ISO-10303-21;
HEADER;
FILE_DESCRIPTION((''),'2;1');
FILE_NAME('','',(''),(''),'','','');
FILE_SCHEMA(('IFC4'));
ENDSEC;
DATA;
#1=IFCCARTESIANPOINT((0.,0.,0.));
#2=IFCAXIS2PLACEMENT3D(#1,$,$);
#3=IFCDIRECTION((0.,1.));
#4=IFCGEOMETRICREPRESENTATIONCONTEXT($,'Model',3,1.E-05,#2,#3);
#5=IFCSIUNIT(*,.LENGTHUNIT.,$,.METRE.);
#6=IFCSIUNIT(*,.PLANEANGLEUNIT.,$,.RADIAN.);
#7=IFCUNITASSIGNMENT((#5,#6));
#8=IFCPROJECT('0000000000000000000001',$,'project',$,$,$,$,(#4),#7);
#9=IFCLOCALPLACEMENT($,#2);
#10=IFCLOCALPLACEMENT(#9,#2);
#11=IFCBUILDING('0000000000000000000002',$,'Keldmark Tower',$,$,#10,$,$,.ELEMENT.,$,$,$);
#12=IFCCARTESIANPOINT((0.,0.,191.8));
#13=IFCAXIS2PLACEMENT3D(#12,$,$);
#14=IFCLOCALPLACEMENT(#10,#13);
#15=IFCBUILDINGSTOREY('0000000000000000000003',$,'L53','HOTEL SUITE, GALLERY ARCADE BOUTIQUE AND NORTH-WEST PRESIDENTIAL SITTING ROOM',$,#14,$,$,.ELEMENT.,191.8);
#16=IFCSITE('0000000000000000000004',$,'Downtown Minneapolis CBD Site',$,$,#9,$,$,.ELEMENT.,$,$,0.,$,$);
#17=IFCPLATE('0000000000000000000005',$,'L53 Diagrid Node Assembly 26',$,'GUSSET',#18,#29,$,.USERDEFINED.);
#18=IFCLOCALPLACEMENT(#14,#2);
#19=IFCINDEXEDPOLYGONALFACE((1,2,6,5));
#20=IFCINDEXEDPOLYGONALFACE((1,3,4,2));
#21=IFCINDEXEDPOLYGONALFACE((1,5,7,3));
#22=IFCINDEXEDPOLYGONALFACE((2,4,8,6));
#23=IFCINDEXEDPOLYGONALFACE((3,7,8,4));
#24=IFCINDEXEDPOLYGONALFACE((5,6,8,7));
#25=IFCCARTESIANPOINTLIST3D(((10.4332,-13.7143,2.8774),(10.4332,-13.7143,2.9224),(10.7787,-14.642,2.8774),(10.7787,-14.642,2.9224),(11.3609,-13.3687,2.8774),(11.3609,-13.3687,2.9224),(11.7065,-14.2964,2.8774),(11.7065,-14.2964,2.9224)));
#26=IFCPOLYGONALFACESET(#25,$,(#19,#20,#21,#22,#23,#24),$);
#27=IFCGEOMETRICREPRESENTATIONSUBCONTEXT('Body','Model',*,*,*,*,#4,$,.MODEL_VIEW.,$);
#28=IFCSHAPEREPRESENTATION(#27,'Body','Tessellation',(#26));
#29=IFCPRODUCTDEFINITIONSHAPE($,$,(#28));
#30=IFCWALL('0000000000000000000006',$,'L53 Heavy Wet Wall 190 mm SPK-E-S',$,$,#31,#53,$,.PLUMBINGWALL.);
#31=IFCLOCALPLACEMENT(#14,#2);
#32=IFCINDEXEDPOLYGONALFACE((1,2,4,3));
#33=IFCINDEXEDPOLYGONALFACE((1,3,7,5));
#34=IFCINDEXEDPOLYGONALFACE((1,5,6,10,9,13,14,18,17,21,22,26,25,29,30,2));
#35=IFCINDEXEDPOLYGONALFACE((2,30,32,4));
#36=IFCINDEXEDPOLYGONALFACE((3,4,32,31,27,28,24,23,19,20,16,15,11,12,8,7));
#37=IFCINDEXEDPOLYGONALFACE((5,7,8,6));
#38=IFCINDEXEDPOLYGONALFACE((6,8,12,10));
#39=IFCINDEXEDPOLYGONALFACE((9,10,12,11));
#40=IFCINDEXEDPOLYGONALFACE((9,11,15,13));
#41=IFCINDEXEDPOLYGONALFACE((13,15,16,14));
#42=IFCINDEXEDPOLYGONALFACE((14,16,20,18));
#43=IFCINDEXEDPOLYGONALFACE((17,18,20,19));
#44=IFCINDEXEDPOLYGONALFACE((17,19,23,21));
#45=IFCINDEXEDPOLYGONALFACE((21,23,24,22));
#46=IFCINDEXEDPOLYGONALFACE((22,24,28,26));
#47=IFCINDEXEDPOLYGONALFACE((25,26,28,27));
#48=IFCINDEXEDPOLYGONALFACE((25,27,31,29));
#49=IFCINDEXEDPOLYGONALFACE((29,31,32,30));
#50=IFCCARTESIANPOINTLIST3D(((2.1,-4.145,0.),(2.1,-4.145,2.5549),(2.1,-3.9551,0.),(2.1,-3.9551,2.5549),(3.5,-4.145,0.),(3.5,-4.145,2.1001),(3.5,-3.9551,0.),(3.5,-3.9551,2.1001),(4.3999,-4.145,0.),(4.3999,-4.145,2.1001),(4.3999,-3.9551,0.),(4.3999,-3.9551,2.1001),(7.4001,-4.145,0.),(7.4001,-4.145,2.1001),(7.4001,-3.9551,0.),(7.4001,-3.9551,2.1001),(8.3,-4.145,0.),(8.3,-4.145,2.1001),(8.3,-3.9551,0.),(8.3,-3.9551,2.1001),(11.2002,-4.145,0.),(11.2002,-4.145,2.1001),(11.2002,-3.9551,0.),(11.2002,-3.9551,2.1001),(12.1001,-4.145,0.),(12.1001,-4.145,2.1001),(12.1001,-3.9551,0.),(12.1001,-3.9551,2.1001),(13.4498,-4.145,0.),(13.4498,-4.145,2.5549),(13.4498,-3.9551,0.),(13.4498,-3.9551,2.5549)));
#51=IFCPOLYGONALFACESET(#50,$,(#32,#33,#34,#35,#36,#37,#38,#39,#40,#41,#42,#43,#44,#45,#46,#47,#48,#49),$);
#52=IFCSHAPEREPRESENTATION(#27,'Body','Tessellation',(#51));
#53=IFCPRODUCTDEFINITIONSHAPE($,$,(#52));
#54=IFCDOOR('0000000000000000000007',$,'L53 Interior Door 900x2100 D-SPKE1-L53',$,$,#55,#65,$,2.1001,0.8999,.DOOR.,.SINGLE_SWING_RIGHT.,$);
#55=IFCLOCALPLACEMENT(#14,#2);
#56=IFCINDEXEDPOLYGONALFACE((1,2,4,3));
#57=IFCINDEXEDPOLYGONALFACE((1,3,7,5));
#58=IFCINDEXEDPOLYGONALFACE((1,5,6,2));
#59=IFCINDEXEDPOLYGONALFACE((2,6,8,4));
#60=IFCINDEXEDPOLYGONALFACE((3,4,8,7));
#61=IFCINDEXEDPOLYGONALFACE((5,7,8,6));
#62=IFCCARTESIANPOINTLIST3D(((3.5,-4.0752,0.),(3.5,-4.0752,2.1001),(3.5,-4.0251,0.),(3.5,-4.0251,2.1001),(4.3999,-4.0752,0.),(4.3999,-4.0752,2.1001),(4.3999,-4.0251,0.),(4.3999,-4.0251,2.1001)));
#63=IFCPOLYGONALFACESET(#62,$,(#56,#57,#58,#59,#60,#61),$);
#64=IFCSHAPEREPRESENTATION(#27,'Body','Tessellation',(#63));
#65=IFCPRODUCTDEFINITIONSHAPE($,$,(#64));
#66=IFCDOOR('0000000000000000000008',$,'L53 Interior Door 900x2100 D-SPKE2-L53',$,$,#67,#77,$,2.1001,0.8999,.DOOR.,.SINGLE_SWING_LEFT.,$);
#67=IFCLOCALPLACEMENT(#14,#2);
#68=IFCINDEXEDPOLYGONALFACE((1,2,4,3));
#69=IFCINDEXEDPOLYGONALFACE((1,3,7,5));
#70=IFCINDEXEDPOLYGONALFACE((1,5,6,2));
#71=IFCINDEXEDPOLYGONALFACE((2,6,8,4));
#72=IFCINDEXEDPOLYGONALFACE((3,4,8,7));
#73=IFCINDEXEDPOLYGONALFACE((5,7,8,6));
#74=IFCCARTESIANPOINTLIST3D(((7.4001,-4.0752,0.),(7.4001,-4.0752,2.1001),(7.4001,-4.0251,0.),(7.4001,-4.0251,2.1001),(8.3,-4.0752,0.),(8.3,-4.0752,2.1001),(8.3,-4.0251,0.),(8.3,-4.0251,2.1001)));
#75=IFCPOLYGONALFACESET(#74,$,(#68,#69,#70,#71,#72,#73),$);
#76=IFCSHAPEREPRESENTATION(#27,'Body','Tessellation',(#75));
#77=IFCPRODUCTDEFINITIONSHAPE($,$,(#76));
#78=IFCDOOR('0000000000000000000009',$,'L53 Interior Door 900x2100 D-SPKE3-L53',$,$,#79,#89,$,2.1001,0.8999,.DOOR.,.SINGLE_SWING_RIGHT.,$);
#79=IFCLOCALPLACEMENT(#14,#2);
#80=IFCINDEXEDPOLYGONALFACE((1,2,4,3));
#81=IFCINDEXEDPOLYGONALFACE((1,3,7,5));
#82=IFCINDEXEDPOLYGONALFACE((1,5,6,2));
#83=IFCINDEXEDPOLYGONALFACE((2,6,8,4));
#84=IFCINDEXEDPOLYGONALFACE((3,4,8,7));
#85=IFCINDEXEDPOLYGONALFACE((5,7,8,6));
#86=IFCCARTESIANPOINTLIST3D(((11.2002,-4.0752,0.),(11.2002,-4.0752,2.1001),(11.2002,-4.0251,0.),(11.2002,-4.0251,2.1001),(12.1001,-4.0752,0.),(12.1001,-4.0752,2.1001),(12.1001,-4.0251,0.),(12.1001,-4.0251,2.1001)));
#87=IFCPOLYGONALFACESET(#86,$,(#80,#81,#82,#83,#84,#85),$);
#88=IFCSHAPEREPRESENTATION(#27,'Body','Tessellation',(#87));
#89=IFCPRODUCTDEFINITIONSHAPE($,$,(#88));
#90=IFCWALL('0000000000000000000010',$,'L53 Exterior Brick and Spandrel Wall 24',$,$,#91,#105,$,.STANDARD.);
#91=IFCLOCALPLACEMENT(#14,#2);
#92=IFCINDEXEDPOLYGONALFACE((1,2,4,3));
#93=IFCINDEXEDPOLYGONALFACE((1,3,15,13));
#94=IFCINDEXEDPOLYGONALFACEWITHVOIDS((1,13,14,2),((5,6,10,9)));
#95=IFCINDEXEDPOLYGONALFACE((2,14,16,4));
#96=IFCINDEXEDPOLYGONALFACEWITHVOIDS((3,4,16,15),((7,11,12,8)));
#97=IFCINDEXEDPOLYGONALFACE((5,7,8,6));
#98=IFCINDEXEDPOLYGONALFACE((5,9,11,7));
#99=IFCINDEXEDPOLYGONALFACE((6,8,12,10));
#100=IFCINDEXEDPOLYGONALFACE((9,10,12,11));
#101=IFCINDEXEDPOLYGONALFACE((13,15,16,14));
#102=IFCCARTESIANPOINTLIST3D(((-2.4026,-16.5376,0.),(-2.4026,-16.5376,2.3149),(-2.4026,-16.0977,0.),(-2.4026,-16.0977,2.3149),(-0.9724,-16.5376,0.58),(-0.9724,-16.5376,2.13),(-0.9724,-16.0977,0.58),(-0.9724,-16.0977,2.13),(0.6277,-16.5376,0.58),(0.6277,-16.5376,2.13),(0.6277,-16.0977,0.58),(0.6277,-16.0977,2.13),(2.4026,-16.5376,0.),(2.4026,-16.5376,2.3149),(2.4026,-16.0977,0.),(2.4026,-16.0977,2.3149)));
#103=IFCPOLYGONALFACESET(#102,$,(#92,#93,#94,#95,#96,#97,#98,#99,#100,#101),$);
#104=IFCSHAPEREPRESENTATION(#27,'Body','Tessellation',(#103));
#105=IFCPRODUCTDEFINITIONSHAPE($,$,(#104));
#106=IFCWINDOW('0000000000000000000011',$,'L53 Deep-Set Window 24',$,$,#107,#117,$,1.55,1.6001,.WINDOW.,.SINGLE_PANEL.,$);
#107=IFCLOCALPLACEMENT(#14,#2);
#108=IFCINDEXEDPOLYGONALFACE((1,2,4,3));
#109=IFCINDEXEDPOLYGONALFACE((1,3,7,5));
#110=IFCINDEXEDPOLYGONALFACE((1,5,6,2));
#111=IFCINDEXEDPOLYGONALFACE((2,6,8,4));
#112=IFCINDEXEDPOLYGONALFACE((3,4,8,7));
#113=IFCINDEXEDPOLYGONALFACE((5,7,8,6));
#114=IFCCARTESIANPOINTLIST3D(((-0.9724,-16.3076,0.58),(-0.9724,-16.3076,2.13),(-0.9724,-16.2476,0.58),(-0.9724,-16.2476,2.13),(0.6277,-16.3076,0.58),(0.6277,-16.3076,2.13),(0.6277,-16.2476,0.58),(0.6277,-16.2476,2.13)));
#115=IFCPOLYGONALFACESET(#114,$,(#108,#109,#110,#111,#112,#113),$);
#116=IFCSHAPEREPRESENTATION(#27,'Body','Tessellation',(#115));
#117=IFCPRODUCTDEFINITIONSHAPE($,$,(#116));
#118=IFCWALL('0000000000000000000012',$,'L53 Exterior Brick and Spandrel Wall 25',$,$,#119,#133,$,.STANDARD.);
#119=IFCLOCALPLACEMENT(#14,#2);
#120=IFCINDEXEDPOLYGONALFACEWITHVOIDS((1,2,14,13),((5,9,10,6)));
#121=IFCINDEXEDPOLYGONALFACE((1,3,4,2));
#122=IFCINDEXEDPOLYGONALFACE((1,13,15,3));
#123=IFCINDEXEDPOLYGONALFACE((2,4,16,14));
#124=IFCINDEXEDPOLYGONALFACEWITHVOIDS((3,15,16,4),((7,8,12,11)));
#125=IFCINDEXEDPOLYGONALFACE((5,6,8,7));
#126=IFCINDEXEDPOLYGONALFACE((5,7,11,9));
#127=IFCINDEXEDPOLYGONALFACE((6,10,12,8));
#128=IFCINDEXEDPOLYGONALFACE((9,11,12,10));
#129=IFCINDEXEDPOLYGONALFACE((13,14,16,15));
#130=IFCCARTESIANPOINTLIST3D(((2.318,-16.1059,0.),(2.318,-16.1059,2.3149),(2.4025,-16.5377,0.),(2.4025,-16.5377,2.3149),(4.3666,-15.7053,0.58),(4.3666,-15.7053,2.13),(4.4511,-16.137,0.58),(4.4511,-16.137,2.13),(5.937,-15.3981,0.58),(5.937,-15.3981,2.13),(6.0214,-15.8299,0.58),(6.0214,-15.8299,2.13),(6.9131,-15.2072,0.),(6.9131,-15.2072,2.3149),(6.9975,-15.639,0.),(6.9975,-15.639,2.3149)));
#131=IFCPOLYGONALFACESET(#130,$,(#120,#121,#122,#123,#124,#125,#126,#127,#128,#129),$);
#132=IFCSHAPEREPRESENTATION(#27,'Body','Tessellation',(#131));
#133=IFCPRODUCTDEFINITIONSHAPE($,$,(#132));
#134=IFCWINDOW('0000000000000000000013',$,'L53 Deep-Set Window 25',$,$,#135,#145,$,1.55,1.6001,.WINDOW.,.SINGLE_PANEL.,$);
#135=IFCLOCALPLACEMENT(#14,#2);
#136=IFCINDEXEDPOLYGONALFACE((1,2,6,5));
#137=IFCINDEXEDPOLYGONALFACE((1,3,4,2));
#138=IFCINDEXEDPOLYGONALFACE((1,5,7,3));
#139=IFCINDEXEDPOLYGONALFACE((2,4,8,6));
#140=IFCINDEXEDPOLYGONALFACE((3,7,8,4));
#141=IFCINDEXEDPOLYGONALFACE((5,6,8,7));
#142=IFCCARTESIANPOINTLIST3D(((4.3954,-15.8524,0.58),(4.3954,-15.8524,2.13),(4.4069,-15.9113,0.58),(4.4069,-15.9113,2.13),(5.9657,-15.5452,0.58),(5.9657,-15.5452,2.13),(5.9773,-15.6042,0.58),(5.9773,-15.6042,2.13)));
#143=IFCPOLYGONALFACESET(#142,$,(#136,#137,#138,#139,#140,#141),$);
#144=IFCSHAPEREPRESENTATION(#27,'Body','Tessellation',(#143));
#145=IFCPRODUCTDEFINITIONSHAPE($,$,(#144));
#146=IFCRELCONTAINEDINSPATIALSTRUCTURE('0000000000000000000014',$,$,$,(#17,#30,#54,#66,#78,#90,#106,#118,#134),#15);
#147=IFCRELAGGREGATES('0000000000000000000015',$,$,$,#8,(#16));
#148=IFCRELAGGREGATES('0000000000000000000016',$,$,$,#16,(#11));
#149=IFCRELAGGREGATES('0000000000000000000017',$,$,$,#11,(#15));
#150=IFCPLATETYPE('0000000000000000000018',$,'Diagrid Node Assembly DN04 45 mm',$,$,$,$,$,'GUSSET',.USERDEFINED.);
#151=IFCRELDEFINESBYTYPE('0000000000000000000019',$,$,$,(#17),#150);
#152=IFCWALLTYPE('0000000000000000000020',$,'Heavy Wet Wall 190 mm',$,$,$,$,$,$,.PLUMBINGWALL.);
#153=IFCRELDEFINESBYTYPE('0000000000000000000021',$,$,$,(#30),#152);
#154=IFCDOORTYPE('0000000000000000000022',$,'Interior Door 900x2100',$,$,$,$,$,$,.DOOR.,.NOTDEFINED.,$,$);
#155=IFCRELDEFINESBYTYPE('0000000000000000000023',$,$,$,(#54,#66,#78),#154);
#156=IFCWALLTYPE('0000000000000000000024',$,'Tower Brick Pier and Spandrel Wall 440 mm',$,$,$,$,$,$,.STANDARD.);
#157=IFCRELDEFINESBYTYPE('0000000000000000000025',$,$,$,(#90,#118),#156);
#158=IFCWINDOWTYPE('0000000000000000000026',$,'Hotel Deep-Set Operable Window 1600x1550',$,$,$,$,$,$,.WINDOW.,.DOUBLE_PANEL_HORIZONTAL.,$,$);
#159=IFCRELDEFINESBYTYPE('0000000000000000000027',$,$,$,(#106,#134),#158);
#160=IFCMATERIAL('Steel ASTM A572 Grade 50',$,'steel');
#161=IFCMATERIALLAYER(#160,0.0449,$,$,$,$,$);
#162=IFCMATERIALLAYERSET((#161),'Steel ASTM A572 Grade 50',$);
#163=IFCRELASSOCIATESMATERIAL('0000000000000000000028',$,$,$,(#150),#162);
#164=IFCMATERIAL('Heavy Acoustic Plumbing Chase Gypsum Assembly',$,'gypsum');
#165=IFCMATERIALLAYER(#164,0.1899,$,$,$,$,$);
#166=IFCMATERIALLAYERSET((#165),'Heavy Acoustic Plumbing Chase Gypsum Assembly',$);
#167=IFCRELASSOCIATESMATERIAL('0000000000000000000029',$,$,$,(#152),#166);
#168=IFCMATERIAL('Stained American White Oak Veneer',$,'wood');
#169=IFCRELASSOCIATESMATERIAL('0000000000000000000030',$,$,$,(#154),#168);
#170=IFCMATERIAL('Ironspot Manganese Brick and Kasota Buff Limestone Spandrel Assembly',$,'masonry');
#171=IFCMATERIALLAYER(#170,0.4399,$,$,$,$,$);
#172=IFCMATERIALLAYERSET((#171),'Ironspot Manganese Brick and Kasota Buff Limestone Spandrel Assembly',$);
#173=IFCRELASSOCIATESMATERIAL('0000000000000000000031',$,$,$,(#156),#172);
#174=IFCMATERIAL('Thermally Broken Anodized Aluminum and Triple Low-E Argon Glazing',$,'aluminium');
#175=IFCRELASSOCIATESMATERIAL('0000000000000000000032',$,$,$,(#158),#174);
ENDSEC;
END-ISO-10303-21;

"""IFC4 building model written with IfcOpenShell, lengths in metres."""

from ifc_helpers import new_model, si_unit, direction, frame, frame_2d, origin, origin_2d, place, context, subcontext, project, spatial, rectangle, extrude, material, layer, layer_set, type_object, element, fill, save


model = new_model("IFC4")

# Units and contexts
model_context = context("Model", 3, precision=1e-05, world=origin(), true_north=direction((0.0, 1.0)))
body_context = subcontext(model_context, "Body", "Model", "MODEL_VIEW")
ifc_project = project(units=[si_unit("LENGTHUNIT", "METRE"), si_unit("PLANEANGLEUNIT", "RADIAN")], contexts=[model_context])

# Site, building, storey
site_placement = place(None, origin())
site = spatial("IfcSite", under=ifc_project, at=site_placement, Name="Downtown Minneapolis CBD Site", CompositionType="ELEMENT", RefElevation=0.0)
building_placement = place(site_placement, origin())
building = spatial("IfcBuilding", under=site, at=building_placement, Name="Keldmark Tower", CompositionType="ELEMENT")
storey_placement = place(building_placement, frame((0.0, 0.0, 191.8)))
storey = spatial("IfcBuildingStorey", under=building, at=storey_placement, Name="L53", Description="HOTEL SUITE, GALLERY ARCADE BOUTIQUE AND NORTH-WEST PRESIDENTIAL SITTING ROOM", CompositionType="ELEMENT", Elevation=191.8)

# Plate
ifc_material_1 = material(Name="Steel ASTM A572 Grade 50", Category="steel")
ifc_layer_1 = layer(ifc_material_1, 0.0449)
ifc_layer_set_1 = layer_set([ifc_layer_1], Name="Steel ASTM A572 Grade 50")
plate_type = type_object("IfcPlateType", Name="Diagrid Node Assembly DN04 45 mm", ElementType="GUSSET", PredefinedType="USERDEFINED", material=ifc_layer_set_1)
for number, where, z_axis, x_axis, name in (
    (1, (11.0698, -14.0054, 2.8774), (0.0, 0.0, 1.0), (0.937099, 0.349063, 0.0), "L53 Diagrid Node Assembly 26"),
):
    element("IfcPlate", number, at=place(storey_placement, frame(where, z_axis=z_axis, x_axis=x_axis)), inside=storey, type_object=plate_type, Name=name, ObjectType="GUSSET", PredefinedType="USERDEFINED", context=body_context, shape_type="SweptSolid", body=[
        extrude(rectangle(XDim=0.99, YDim=0.99, at=origin_2d()), origin(), (0.0, 0.0, 1.0), 0.0449),
    ])

# Wall, openings, doors
ifc_material_2 = material(Name="Heavy Acoustic Plumbing Chase Gypsum Assembly", Category="gypsum")
ifc_layer_2 = layer(ifc_material_2, 0.1899)
ifc_layer_set_2 = layer_set([ifc_layer_2], Name="Heavy Acoustic Plumbing Chase Gypsum Assembly")
wall_type_1 = type_object("IfcWallType", Name="Heavy Wet Wall 190 mm", PredefinedType="PLUMBINGWALL", material=ifc_layer_set_2)
wall_1_placement = place(storey_placement, frame((2.1001, -4.05, 0.0), z_axis=(0.0, 0.0, 1.0), x_axis=(1.0, 0.0, 0.0)))
wall_1 = element("IfcWall", 2, at=wall_1_placement, inside=storey, type_object=wall_type_1, Name="L53 Heavy Wet Wall 190 mm SPK-E-S", PredefinedType="PLUMBINGWALL", context=body_context, shape_type="SweptSolid", body=[
    extrude(rectangle(XDim=11.3499, YDim=0.1899, at=frame_2d((5.6748, 0.0))), origin(), (0.0, 0.0, 1.0), 2.5549),
])
opening_1_placement = place(wall_1_placement, frame((1.3999, 0.0, 0.0)))
opening_1 = element("IfcOpeningElement", 3, at=opening_1_placement, cuts=wall_1, PredefinedType="OPENING", context=body_context, shape_type="SweptSolid", body=[
    extrude(rectangle(XDim=0.8999, YDim=2.1001, at=frame_2d((0.45, 1.05))), frame((0.0, 0.105, 0.0), z_axis=(0.0, -1.0, 0.0), x_axis=(1.0, 0.0, 0.0)), (0.0, 0.0, 1.0), 0.21),
])
opening_2_placement = place(wall_1_placement, frame((5.3, 0.0, 0.0)))
opening_2 = element("IfcOpeningElement", 4, at=opening_2_placement, cuts=wall_1, PredefinedType="OPENING", context=body_context, shape_type="SweptSolid", body=[
    extrude(rectangle(XDim=0.8999, YDim=2.1001, at=frame_2d((0.45, 1.05))), frame((0.0, 0.105, 0.0), z_axis=(0.0, -1.0, 0.0), x_axis=(1.0, 0.0, 0.0)), (0.0, 0.0, 1.0), 0.21),
])
opening_3_placement = place(wall_1_placement, frame((9.1001, 0.0, 0.0)))
opening_3 = element("IfcOpeningElement", 5, at=opening_3_placement, cuts=wall_1, PredefinedType="OPENING", context=body_context, shape_type="SweptSolid", body=[
    extrude(rectangle(XDim=0.8999, YDim=2.1001, at=frame_2d((0.45, 1.05))), frame((0.0, 0.105, 0.0), z_axis=(0.0, -1.0, 0.0), x_axis=(1.0, 0.0, 0.0)), (0.0, 0.0, 1.0), 0.21),
])
ifc_material_3 = material(Name="Stained American White Oak Veneer", Category="wood")
door_type_1 = type_object("IfcDoorType", Name="Interior Door 900x2100", OperationType="NOTDEFINED", PredefinedType="DOOR", material=ifc_material_3)
door_1_placement = place(opening_1_placement, origin())
door_1 = element("IfcDoor", 6, at=door_1_placement, inside=storey, type_object=door_type_1, Name="L53 Interior Door 900x2100 D-SPKE1-L53", OperationType="SINGLE_SWING_RIGHT", OverallHeight=2.1001, OverallWidth=0.8999, PredefinedType="DOOR", context=body_context, shape_type="SweptSolid", body=[
    extrude(rectangle(XDim=0.8999, YDim=2.1001, at=frame_2d((0.45, 1.05))), frame((0.0, 0.0249, 0.0), z_axis=(0.0, -1.0, 0.0), x_axis=(1.0, 0.0, 0.0)), (0.0, 0.0, 1.0), 0.05),
])
fill(opening_1, door_1)
door_2_placement = place(opening_2_placement, origin())
door_2 = element("IfcDoor", 7, at=door_2_placement, inside=storey, type_object=door_type_1, Name="L53 Interior Door 900x2100 D-SPKE2-L53", OperationType="SINGLE_SWING_LEFT", OverallHeight=2.1001, OverallWidth=0.8999, PredefinedType="DOOR", context=body_context, shape_type="SweptSolid", body=[
    extrude(rectangle(XDim=0.8999, YDim=2.1001, at=frame_2d((0.45, 1.05))), frame((0.0, 0.0249, 0.0), z_axis=(0.0, -1.0, 0.0), x_axis=(1.0, 0.0, 0.0)), (0.0, 0.0, 1.0), 0.05),
])
fill(opening_2, door_2)
door_3_placement = place(opening_3_placement, origin())
door_3 = element("IfcDoor", 8, at=door_3_placement, inside=storey, type_object=door_type_1, Name="L53 Interior Door 900x2100 D-SPKE3-L53", OperationType="SINGLE_SWING_RIGHT", OverallHeight=2.1001, OverallWidth=0.8999, PredefinedType="DOOR", context=body_context, shape_type="SweptSolid", body=[
    extrude(rectangle(XDim=0.8999, YDim=2.1001, at=frame_2d((0.45, 1.05))), frame((0.0, 0.0249, 0.0), z_axis=(0.0, -1.0, 0.0), x_axis=(1.0, 0.0, 0.0)), (0.0, 0.0, 1.0), 0.05),
])
fill(opening_3, door_3)

# Walls, openings, windows
ifc_material_4 = material(Name="Ironspot Manganese Brick and Kasota Buff Limestone Spandrel Assembly", Category="masonry")
ifc_layer_3 = layer(ifc_material_4, 0.4399)
ifc_layer_set_3 = layer_set([ifc_layer_3], Name="Ironspot Manganese Brick and Kasota Buff Limestone Spandrel Assembly")
wall_type_2 = type_object("IfcWallType", Name="Tower Brick Pier and Spandrel Wall 440 mm", PredefinedType="STANDARD", material=ifc_layer_set_3)
wall_2_placement = place(storey_placement, frame((2.4026, -16.3176, 0.0), z_axis=(0.0, 0.0, 1.0), x_axis=(-1.0, 0.0, 0.0)))
wall_2 = element("IfcWall", 9, at=wall_2_placement, inside=storey, type_object=wall_type_2, Name="L53 Exterior Brick and Spandrel Wall 24", PredefinedType="STANDARD", context=body_context, shape_type="SweptSolid", body=[
    extrude(rectangle(XDim=4.8052, YDim=0.4399, at=frame_2d((2.4026, 0.0))), origin(), (0.0, 0.0, 1.0), 2.3149),
])
opening_4_placement = place(wall_2_placement, frame((1.7749, 0.0, 0.5801)))
opening_4 = element("IfcOpeningElement", 10, at=opening_4_placement, cuts=wall_2, PredefinedType="OPENING", context=body_context, shape_type="SweptSolid", body=[
    extrude(rectangle(XDim=1.6001, YDim=1.55, at=frame_2d((0.8, 0.7749))), frame((0.0, 0.23, 0.0), z_axis=(0.0, -1.0, 0.0), x_axis=(1.0, 0.0, 0.0)), (0.0, 0.0, 1.0), 0.46),
])
ifc_material_5 = material(Name="Thermally Broken Anodized Aluminum and Triple Low-E Argon Glazing", Category="aluminium")
window_type = type_object("IfcWindowType", Name="Hotel Deep-Set Operable Window 1600x1550", PartitioningType="DOUBLE_PANEL_HORIZONTAL", PredefinedType="WINDOW", material=ifc_material_5)
window_1_placement = place(opening_4_placement, origin())
window_1 = element("IfcWindow", 11, at=window_1_placement, inside=storey, type_object=window_type, Name="L53 Deep-Set Window 24", OverallHeight=1.55, OverallWidth=1.6001, PartitioningType="SINGLE_PANEL", PredefinedType="WINDOW", context=body_context, shape_type="SweptSolid", body=[
    extrude(rectangle(XDim=1.6001, YDim=1.55, at=frame_2d((0.8, 0.7749))), frame((0.0, -0.01, 0.0), z_axis=(0.0, -1.0, 0.0), x_axis=(1.0, 0.0, 0.0)), (0.0, 0.0, 1.0), 0.0601),
])
fill(opening_4, window_1)
wall_3_placement = place(storey_placement, frame((6.9553, -15.4231, 0.0), z_axis=(0.0, 0.0, 1.0), x_axis=(-0.981406, -0.191943, 0.0)))
wall_3 = element("IfcWall", 12, at=wall_3_placement, inside=storey, type_object=wall_type_2, Name="L53 Exterior Brick and Spandrel Wall 25", PredefinedType="STANDARD", context=body_context, shape_type="SweptSolid", body=[
    extrude(rectangle(XDim=4.6821, YDim=0.4399, at=frame_2d((2.3411, 0.0))), origin(), (0.0, 0.0, 1.0), 2.3149),
])
opening_5_placement = place(wall_3_placement, frame((0.9946, 0.0, 0.5801)))
opening_5 = element("IfcOpeningElement", 13, at=opening_5_placement, cuts=wall_3, PredefinedType="OPENING", context=body_context, shape_type="SweptSolid", body=[
    extrude(rectangle(XDim=1.6001, YDim=1.55, at=frame_2d((0.8, 0.7749))), frame((0.0, 0.23, 0.0), z_axis=(0.0, -1.0, 0.0), x_axis=(1.0, 0.0, 0.0)), (0.0, 0.0, 1.0), 0.46),
])
window_2_placement = place(opening_5_placement, origin())
window_2 = element("IfcWindow", 14, at=window_2_placement, inside=storey, type_object=window_type, Name="L53 Deep-Set Window 25", OverallHeight=1.55, OverallWidth=1.6001, PartitioningType="SINGLE_PANEL", PredefinedType="WINDOW", context=body_context, shape_type="SweptSolid", body=[
    extrude(rectangle(XDim=1.6001, YDim=1.55, at=frame_2d((0.8, 0.7749))), frame((0.0, -0.01, 0.0), z_axis=(0.0, -1.0, 0.0), x_axis=(1.0, 0.0, 0.0)), (0.0, 0.0, 1.0), 0.0601),
])
fill(opening_5, window_2)

save(model, "model.ifc")
